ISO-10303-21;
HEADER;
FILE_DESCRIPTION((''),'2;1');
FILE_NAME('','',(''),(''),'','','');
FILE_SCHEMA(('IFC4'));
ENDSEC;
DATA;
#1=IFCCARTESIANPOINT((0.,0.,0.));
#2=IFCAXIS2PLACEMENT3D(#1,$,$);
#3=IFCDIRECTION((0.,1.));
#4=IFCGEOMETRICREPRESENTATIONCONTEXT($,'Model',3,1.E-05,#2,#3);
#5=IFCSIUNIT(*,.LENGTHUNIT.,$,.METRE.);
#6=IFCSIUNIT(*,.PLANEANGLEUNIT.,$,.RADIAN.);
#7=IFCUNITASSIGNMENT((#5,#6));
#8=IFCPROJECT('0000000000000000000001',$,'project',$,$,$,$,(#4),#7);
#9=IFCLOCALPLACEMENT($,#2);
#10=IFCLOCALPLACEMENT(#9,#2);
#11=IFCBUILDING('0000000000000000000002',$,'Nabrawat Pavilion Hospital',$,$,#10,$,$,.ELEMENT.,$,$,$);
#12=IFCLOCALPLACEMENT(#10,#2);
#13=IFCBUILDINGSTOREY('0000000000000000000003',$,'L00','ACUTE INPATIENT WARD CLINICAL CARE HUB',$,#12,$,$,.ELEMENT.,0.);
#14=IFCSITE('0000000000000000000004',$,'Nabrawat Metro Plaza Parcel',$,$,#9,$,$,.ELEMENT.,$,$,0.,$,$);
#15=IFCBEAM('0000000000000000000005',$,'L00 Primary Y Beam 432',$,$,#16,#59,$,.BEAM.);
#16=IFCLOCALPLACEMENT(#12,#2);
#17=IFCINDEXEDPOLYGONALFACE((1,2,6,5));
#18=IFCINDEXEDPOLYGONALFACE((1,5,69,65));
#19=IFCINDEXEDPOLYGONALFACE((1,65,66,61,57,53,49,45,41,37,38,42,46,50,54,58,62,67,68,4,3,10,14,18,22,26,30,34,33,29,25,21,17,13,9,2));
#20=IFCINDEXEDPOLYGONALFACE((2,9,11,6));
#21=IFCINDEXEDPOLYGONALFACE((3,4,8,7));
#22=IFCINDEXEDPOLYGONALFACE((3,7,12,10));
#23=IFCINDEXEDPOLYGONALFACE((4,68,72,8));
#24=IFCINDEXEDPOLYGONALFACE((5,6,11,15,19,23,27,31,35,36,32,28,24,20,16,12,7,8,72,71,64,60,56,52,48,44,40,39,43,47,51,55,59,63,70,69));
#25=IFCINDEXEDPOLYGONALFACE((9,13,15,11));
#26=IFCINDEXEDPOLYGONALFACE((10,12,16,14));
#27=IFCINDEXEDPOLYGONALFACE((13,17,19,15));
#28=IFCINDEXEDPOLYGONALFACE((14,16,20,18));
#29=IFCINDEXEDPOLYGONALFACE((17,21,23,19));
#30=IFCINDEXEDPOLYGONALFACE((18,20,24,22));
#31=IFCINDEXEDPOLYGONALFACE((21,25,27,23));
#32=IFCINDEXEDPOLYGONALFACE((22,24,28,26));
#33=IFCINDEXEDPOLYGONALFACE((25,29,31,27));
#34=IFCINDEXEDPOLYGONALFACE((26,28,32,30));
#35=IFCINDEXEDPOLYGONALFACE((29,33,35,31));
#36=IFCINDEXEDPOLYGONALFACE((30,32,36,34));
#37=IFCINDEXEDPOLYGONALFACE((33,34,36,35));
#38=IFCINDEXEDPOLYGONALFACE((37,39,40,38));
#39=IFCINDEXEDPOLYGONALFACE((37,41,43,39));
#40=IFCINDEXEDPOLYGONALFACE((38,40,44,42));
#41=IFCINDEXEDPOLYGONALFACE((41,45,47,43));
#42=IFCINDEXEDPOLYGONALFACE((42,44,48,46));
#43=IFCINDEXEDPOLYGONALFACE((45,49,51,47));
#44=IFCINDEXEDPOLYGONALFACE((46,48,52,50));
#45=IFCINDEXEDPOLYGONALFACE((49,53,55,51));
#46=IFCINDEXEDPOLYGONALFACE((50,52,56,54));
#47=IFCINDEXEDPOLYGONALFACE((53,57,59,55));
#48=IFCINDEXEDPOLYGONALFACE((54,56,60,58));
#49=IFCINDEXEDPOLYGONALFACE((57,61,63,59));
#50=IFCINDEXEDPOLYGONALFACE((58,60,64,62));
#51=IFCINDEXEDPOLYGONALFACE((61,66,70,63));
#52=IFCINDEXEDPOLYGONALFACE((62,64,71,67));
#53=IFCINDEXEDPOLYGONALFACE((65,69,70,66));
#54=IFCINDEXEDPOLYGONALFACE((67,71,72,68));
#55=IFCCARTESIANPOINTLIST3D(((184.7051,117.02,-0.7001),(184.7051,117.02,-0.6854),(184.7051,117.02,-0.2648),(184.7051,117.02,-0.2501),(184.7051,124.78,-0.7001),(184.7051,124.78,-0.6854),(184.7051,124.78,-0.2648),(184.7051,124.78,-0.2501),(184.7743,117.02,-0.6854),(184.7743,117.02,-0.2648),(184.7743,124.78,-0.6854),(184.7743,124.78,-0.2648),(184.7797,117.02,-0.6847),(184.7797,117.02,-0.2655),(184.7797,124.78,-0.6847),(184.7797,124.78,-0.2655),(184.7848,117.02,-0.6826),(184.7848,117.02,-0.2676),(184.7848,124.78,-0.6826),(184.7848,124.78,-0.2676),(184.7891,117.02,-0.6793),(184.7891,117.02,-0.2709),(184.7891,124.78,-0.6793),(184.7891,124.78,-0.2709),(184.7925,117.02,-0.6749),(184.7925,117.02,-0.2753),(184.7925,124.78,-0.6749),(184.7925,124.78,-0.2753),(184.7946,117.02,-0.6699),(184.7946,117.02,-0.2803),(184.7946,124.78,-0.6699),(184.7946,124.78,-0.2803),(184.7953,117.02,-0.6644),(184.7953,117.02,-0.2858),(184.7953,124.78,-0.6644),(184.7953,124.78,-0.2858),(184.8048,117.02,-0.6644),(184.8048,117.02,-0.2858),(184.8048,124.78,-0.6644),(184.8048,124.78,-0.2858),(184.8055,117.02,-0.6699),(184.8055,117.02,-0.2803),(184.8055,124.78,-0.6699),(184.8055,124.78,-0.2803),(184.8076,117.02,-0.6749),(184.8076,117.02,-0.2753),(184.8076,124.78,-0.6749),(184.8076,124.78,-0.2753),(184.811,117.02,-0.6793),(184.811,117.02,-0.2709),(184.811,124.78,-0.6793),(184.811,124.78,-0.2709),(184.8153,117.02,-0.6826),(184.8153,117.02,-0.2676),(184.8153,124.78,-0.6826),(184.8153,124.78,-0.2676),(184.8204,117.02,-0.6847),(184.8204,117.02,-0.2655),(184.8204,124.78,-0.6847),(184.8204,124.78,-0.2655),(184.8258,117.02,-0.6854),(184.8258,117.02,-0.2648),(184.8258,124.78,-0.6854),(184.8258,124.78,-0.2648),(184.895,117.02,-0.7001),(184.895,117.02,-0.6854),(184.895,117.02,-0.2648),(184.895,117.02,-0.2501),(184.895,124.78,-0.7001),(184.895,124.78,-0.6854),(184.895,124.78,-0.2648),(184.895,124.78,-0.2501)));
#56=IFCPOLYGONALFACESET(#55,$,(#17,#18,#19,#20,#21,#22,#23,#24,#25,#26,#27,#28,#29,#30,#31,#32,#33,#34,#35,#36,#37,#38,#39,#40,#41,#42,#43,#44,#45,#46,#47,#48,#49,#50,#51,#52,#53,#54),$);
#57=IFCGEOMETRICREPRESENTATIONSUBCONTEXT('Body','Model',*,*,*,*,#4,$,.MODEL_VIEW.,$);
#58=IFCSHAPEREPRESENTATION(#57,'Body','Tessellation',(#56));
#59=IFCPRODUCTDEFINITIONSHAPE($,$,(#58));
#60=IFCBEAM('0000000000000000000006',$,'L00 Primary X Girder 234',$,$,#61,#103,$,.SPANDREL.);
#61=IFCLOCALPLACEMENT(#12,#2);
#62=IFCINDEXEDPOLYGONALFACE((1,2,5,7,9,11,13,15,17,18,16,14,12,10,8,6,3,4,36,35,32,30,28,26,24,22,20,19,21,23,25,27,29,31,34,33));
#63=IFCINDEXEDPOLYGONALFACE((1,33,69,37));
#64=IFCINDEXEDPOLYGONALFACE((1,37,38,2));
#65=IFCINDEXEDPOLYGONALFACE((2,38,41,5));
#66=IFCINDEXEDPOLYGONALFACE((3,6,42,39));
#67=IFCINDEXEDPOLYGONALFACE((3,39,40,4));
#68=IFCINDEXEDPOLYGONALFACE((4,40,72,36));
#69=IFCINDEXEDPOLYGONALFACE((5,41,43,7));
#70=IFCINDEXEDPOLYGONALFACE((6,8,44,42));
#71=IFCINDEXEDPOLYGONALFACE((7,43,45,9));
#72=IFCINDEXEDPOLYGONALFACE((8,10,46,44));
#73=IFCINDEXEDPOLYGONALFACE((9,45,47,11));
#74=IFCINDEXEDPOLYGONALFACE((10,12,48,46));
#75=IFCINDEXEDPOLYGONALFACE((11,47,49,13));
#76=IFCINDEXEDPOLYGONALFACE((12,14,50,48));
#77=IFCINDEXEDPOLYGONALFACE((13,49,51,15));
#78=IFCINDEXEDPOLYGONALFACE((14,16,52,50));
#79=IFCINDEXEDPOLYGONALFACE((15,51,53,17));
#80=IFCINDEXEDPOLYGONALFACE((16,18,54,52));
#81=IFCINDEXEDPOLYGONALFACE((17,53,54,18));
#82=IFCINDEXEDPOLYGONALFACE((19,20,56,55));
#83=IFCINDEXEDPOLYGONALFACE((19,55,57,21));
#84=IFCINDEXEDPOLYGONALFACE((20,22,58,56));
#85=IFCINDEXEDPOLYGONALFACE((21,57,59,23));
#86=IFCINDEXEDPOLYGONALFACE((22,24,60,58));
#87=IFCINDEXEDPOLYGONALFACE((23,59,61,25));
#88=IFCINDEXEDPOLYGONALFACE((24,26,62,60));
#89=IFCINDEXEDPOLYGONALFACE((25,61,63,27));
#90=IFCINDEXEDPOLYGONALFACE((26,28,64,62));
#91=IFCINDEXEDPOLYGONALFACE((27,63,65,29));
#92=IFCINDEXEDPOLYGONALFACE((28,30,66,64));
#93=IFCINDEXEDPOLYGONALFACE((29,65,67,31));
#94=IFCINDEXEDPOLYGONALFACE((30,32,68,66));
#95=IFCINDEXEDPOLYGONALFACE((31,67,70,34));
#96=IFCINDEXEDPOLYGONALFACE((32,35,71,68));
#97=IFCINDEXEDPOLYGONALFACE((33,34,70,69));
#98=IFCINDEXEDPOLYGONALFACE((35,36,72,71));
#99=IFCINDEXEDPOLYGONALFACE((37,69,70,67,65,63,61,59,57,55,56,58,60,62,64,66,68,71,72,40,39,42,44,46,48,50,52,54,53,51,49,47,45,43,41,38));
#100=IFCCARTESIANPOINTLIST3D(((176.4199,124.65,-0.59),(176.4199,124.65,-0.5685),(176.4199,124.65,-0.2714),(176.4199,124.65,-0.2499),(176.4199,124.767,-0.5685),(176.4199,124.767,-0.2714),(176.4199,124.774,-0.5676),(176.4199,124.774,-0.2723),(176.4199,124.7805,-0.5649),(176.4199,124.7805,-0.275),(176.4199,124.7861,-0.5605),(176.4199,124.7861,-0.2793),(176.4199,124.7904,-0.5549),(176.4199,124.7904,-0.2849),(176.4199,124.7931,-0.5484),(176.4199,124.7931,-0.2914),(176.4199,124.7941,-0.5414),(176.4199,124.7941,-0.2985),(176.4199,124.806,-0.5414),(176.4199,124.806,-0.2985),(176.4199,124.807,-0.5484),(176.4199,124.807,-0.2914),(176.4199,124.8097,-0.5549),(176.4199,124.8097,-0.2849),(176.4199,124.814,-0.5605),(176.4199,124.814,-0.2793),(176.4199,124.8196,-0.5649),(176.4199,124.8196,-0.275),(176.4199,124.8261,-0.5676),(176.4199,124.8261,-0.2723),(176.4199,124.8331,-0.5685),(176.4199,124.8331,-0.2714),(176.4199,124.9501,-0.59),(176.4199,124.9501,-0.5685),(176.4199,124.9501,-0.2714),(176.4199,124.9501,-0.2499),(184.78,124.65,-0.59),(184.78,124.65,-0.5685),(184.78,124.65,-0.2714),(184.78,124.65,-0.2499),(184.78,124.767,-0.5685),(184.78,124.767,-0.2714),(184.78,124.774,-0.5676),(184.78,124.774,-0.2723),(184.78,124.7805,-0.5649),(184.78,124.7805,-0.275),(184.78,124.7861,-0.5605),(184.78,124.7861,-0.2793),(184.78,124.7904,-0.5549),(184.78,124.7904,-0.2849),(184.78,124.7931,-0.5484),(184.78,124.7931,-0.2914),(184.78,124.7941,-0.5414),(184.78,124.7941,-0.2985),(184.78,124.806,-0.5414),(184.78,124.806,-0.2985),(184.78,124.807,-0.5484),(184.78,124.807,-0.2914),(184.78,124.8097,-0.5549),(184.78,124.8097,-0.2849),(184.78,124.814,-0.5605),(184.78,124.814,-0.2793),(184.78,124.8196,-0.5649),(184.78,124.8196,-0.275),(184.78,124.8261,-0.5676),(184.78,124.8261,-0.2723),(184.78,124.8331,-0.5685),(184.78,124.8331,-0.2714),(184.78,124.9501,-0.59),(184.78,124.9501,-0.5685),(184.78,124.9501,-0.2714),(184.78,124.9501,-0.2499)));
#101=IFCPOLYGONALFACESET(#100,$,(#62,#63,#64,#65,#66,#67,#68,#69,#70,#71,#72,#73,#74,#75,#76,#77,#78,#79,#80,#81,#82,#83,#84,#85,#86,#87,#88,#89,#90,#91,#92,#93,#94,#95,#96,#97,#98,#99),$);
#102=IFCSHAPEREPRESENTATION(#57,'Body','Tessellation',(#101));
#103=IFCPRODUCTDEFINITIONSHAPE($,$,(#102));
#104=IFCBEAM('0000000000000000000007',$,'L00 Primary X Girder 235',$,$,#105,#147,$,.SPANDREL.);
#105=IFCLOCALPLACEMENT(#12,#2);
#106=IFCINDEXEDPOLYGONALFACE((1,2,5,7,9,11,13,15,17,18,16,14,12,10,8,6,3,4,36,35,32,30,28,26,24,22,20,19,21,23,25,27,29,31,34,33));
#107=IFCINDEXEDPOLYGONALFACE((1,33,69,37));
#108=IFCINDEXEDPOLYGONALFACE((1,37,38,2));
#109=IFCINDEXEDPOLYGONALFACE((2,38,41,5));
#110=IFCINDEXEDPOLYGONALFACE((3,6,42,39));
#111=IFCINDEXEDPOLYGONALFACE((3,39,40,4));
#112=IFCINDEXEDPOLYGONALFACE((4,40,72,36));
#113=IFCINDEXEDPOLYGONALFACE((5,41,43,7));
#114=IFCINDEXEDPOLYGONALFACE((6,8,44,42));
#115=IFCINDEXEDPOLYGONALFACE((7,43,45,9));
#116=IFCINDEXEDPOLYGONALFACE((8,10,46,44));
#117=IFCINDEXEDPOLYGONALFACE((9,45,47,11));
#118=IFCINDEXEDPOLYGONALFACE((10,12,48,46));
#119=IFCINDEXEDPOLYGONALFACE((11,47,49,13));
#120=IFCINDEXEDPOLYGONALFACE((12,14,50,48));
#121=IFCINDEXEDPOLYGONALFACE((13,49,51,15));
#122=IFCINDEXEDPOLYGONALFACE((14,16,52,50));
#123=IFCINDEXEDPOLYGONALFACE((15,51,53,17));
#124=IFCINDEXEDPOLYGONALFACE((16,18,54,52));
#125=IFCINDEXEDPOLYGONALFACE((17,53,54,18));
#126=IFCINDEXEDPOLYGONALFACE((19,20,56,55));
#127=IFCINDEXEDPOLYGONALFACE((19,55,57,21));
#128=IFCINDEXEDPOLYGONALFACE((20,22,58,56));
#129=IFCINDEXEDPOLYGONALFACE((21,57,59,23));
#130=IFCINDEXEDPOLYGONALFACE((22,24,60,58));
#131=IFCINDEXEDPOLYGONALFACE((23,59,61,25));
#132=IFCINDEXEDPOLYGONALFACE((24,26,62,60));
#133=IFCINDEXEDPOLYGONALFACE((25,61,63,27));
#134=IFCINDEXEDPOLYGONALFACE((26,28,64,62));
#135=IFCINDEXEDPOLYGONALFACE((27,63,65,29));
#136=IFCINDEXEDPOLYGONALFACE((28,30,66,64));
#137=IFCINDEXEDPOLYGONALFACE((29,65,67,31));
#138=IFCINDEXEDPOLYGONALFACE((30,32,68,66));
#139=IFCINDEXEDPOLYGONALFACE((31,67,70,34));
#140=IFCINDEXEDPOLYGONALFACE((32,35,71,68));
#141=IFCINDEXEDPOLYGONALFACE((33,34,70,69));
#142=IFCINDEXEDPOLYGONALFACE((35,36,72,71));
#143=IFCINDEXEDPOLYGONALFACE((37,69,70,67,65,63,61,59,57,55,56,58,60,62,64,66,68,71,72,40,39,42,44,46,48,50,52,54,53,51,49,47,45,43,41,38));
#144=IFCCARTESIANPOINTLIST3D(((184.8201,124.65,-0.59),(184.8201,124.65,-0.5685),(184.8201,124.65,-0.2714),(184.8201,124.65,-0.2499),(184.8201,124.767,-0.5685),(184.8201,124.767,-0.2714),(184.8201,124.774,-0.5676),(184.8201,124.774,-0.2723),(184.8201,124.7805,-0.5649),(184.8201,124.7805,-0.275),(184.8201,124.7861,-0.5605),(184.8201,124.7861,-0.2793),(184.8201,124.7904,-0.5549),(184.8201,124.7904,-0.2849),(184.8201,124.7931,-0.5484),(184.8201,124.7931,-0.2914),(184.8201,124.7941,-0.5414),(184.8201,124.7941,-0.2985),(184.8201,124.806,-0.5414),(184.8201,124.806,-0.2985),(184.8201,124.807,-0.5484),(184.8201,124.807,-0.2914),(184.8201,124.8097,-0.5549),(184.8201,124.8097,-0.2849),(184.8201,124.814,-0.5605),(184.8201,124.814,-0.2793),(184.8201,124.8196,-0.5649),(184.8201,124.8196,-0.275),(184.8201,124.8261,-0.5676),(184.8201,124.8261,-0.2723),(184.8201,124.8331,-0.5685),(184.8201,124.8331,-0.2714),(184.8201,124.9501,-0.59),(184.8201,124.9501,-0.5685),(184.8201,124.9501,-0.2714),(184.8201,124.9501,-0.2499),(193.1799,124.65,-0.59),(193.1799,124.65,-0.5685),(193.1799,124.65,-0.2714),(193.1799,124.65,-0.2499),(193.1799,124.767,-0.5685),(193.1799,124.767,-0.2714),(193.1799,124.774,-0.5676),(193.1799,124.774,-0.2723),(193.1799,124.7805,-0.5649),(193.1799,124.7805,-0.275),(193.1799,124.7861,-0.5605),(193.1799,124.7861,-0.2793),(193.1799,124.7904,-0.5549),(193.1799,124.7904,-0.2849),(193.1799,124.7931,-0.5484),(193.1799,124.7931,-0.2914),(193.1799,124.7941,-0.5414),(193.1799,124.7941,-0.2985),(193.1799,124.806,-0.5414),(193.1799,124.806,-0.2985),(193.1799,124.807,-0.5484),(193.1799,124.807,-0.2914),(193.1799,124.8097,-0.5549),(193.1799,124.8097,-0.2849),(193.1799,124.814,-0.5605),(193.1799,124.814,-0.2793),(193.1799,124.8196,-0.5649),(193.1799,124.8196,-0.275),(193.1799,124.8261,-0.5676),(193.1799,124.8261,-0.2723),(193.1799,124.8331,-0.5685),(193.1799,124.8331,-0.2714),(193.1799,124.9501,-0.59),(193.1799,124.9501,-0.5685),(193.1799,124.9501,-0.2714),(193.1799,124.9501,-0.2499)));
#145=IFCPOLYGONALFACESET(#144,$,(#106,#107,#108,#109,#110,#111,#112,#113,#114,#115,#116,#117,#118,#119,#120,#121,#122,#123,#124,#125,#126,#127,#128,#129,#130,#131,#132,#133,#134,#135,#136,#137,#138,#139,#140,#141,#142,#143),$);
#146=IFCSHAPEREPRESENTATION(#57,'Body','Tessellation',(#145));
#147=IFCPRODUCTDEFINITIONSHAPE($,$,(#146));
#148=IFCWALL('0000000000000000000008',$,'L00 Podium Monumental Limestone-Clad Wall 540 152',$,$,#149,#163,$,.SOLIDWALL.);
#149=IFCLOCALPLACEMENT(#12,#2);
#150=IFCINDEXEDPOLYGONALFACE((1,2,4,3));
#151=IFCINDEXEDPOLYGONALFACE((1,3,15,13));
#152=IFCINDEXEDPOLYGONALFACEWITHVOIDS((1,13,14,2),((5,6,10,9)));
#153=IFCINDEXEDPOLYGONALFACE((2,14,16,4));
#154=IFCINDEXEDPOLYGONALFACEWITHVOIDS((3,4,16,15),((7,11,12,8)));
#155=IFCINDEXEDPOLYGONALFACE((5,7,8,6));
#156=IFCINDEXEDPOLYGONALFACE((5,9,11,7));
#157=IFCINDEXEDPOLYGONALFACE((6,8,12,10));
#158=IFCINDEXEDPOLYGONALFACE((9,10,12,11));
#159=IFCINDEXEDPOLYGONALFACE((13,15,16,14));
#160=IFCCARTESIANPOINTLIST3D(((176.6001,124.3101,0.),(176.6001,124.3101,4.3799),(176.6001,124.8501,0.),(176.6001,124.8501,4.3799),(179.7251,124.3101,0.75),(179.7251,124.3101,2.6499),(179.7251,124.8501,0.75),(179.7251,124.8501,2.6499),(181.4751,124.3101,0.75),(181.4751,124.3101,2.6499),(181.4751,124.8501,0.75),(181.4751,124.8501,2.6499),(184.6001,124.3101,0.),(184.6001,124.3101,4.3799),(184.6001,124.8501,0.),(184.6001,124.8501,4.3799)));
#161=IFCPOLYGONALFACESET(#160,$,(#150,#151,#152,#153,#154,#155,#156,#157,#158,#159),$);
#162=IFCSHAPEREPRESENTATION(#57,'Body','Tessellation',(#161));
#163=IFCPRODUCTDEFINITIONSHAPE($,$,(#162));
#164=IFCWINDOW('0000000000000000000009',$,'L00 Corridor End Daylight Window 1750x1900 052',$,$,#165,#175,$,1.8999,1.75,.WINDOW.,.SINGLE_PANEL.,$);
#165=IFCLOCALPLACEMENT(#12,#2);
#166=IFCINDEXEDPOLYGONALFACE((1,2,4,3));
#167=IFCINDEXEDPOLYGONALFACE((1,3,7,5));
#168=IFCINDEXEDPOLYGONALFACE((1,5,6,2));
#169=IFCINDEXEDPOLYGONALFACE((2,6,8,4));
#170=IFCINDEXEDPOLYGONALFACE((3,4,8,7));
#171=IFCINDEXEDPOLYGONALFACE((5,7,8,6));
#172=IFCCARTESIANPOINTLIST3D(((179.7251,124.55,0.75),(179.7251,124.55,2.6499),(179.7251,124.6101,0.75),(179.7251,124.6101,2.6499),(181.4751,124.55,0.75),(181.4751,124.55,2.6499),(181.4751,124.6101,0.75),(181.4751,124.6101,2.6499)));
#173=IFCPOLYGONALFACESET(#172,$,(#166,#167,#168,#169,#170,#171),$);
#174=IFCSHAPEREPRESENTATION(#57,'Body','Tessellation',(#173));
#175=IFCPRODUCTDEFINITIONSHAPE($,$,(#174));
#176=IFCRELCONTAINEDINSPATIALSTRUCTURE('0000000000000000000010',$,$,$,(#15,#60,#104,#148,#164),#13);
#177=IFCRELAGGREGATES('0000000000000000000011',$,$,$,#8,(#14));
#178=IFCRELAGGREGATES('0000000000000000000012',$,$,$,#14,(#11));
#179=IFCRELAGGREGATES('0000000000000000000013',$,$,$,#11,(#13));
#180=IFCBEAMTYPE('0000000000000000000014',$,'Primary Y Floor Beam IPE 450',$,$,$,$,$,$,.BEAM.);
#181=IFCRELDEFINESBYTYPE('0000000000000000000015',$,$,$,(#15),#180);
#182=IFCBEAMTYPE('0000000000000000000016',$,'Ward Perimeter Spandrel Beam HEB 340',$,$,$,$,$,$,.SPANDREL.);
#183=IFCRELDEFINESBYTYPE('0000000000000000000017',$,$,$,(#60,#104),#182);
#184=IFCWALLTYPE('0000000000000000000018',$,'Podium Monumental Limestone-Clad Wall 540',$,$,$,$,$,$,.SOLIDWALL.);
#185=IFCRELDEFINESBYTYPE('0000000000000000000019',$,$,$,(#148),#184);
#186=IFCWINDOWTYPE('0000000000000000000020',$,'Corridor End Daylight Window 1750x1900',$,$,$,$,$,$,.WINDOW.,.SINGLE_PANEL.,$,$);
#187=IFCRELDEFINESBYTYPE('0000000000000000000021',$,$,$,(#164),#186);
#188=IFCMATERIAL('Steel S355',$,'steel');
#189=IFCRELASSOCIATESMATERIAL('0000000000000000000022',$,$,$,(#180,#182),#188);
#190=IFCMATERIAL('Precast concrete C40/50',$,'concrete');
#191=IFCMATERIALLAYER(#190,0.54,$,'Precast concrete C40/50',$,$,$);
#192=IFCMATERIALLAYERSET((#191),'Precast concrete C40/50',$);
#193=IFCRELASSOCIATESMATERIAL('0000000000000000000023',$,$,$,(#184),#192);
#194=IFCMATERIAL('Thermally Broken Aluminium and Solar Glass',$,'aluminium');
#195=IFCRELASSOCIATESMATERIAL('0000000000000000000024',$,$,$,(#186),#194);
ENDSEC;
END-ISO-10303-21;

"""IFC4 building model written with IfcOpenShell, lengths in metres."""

from ifc_helpers import new_model, si_unit, direction, frame, frame_2d, origin, origin_2d, place, context, subcontext, project, spatial, rectangle, i_section, extrude, material, layer, layer_set, material_profile, profile_set, type_object, element, fill, save


model = new_model("IFC4")

# Units and contexts
model_context = context("Model", 3, precision=1e-05, world=origin(), true_north=direction((0.0, 1.0)))
body_context = subcontext(model_context, "Body", "Model", "MODEL_VIEW")
ifc_project = project(units=[si_unit("LENGTHUNIT", "METRE"), si_unit("PLANEANGLEUNIT", "RADIAN")], contexts=[model_context])

# Site, building, storey
site_placement = place(None, origin())
site = spatial("IfcSite", under=ifc_project, at=site_placement, Name="Nabrawat Metro Plaza Parcel", CompositionType="ELEMENT", RefElevation=0.0)
building_placement = place(site_placement, origin())
building = spatial("IfcBuilding", under=site, at=building_placement, Name="Nabrawat Pavilion Hospital", CompositionType="ELEMENT")
storey_placement = place(building_placement, origin())
storey = spatial("IfcBuildingStorey", under=building, at=storey_placement, Name="L00", Description="ACUTE INPATIENT WARD CLINICAL CARE HUB", CompositionType="ELEMENT", Elevation=0.0)

# Shared definitions
ifc_material_1 = material(Name="Steel S355", Category="steel")

# Beams
ifc_material_profile_1 = material_profile(ifc_material_1, i_section(OverallWidth=0.1899, OverallDepth=0.45, WebThickness=0.0095, FlangeThickness=0.0146, FilletRadius=0.021, at=origin_2d()), Name="IPE 450")
ifc_profile_set_1 = profile_set([ifc_material_profile_1], Name="Steel S355")
beam_type_1 = type_object("IfcBeamType", Name="Primary Y Floor Beam IPE 450", PredefinedType="BEAM", material=ifc_profile_set_1)
beam_1_placement = place(storey_placement, frame((184.8, 117.02, -0.4751), z_axis=(0.0, 1.0, 0.0), x_axis=(-1.0, 0.0, 0.0)))
element("IfcBeam", 1, at=beam_1_placement, inside=storey, type_object=beam_type_1, Name="L00 Primary Y Beam 432", PredefinedType="BEAM", context=body_context, shape_type="SweptSolid", body=[
    extrude(i_section(OverallWidth=0.1899, OverallDepth=0.45, WebThickness=0.0095, FlangeThickness=0.0146, FilletRadius=0.021, at=origin_2d()), origin(), (0.0, 0.0, 1.0), 7.76),
])
ifc_material_profile_2 = material_profile(ifc_material_1, i_section(OverallWidth=0.3, OverallDepth=0.3401, WebThickness=0.012, FlangeThickness=0.0215, FilletRadius=0.0271, at=origin_2d()), Name="HEB 340")
ifc_profile_set_2 = profile_set([ifc_material_profile_2], Name="Steel S355")
beam_type_2 = type_object("IfcBeamType", Name="Ward Perimeter Spandrel Beam HEB 340", PredefinedType="SPANDREL", material=ifc_profile_set_2)
beam_2_placement = place(storey_placement, frame((176.4199, 124.8, -0.4199), z_axis=(1.0, 0.0, 0.0), x_axis=(0.0, 1.0, 0.0)))
element("IfcBeam", 2, at=beam_2_placement, inside=storey, type_object=beam_type_2, Name="L00 Primary X Girder 234", PredefinedType="SPANDREL", context=body_context, shape_type="SweptSolid", body=[
    extrude(i_section(OverallWidth=0.3, OverallDepth=0.3401, WebThickness=0.012, FlangeThickness=0.0215, FilletRadius=0.0271, at=origin_2d()), origin(), (0.0, 0.0, 1.0), 8.3601),
])
beam_3_placement = place(storey_placement, frame((184.8201, 124.8, -0.4199), z_axis=(1.0, 0.0, 0.0), x_axis=(0.0, 1.0, 0.0)))
element("IfcBeam", 3, at=beam_3_placement, inside=storey, type_object=beam_type_2, Name="L00 Primary X Girder 235", PredefinedType="SPANDREL", context=body_context, shape_type="SweptSolid", body=[
    extrude(i_section(OverallWidth=0.3, OverallDepth=0.3401, WebThickness=0.012, FlangeThickness=0.0215, FilletRadius=0.0271, at=origin_2d()), origin(), (0.0, 0.0, 1.0), 8.3599),
])

# Wall, opening, window
ifc_material_2 = material(Name="Precast concrete C40/50", Category="concrete")
ifc_layer = layer(ifc_material_2, 0.54, Name="Precast concrete C40/50")
ifc_layer_set = layer_set([ifc_layer], Name="Precast concrete C40/50")
wall_type = type_object("IfcWallType", Name="Podium Monumental Limestone-Clad Wall 540", PredefinedType="SOLIDWALL", material=ifc_layer_set)
wall_1_placement = place(storey_placement, frame((176.6001, 124.5801, 0.0), z_axis=(0.0, 0.0, 1.0), x_axis=(1.0, 0.0, 0.0)))
wall_1 = element("IfcWall", 4, at=wall_1_placement, inside=storey, type_object=wall_type, Name="L00 Podium Monumental Limestone-Clad Wall 540 152", PredefinedType="SOLIDWALL", context=body_context, shape_type="SweptSolid", body=[
    extrude(rectangle(XDim=8.0, YDim=0.54, at=frame_2d((4.0, 0.0))), origin(), (0.0, 0.0, 1.0), 4.3799),
])
opening_1_placement = place(wall_1_placement, frame((3.125, 0.0, 0.75)))
opening_1 = element("IfcOpeningElement", 5, at=opening_1_placement, cuts=wall_1, PredefinedType="OPENING", context=body_context, shape_type="SweptSolid", body=[
    extrude(rectangle(XDim=1.75, YDim=1.8999, at=frame_2d((0.875, 0.95))), frame((0.0, 0.28, 0.0), z_axis=(0.0, -1.0, 0.0), x_axis=(1.0, 0.0, 0.0)), (0.0, 0.0, 1.0), 0.5601),
])
ifc_material_3 = material(Name="Thermally Broken Aluminium and Solar Glass", Category="aluminium")
window_type_1 = type_object("IfcWindowType", Name="Corridor End Daylight Window 1750x1900", PartitioningType="SINGLE_PANEL", PredefinedType="WINDOW", material=ifc_material_3)
window_1_placement = place(opening_1_placement, origin())
window_1 = element("IfcWindow", 6, at=window_1_placement, inside=storey, type_object=window_type_1, Name="L00 Corridor End Daylight Window 1750x1900 052", OverallHeight=1.8999, OverallWidth=1.75, PartitioningType="SINGLE_PANEL", PredefinedType="WINDOW", context=body_context, shape_type="SweptSolid", body=[
    extrude(rectangle(XDim=1.75, YDim=1.8999, at=frame_2d((0.875, 0.95))), frame((0.0, 0.03, 0.0), z_axis=(0.0, -1.0, 0.0), x_axis=(1.0, 0.0, 0.0)), (0.0, 0.0, 1.0), 0.0601),
])
fill(opening_1, window_1)

save(model, "model.ifc")
